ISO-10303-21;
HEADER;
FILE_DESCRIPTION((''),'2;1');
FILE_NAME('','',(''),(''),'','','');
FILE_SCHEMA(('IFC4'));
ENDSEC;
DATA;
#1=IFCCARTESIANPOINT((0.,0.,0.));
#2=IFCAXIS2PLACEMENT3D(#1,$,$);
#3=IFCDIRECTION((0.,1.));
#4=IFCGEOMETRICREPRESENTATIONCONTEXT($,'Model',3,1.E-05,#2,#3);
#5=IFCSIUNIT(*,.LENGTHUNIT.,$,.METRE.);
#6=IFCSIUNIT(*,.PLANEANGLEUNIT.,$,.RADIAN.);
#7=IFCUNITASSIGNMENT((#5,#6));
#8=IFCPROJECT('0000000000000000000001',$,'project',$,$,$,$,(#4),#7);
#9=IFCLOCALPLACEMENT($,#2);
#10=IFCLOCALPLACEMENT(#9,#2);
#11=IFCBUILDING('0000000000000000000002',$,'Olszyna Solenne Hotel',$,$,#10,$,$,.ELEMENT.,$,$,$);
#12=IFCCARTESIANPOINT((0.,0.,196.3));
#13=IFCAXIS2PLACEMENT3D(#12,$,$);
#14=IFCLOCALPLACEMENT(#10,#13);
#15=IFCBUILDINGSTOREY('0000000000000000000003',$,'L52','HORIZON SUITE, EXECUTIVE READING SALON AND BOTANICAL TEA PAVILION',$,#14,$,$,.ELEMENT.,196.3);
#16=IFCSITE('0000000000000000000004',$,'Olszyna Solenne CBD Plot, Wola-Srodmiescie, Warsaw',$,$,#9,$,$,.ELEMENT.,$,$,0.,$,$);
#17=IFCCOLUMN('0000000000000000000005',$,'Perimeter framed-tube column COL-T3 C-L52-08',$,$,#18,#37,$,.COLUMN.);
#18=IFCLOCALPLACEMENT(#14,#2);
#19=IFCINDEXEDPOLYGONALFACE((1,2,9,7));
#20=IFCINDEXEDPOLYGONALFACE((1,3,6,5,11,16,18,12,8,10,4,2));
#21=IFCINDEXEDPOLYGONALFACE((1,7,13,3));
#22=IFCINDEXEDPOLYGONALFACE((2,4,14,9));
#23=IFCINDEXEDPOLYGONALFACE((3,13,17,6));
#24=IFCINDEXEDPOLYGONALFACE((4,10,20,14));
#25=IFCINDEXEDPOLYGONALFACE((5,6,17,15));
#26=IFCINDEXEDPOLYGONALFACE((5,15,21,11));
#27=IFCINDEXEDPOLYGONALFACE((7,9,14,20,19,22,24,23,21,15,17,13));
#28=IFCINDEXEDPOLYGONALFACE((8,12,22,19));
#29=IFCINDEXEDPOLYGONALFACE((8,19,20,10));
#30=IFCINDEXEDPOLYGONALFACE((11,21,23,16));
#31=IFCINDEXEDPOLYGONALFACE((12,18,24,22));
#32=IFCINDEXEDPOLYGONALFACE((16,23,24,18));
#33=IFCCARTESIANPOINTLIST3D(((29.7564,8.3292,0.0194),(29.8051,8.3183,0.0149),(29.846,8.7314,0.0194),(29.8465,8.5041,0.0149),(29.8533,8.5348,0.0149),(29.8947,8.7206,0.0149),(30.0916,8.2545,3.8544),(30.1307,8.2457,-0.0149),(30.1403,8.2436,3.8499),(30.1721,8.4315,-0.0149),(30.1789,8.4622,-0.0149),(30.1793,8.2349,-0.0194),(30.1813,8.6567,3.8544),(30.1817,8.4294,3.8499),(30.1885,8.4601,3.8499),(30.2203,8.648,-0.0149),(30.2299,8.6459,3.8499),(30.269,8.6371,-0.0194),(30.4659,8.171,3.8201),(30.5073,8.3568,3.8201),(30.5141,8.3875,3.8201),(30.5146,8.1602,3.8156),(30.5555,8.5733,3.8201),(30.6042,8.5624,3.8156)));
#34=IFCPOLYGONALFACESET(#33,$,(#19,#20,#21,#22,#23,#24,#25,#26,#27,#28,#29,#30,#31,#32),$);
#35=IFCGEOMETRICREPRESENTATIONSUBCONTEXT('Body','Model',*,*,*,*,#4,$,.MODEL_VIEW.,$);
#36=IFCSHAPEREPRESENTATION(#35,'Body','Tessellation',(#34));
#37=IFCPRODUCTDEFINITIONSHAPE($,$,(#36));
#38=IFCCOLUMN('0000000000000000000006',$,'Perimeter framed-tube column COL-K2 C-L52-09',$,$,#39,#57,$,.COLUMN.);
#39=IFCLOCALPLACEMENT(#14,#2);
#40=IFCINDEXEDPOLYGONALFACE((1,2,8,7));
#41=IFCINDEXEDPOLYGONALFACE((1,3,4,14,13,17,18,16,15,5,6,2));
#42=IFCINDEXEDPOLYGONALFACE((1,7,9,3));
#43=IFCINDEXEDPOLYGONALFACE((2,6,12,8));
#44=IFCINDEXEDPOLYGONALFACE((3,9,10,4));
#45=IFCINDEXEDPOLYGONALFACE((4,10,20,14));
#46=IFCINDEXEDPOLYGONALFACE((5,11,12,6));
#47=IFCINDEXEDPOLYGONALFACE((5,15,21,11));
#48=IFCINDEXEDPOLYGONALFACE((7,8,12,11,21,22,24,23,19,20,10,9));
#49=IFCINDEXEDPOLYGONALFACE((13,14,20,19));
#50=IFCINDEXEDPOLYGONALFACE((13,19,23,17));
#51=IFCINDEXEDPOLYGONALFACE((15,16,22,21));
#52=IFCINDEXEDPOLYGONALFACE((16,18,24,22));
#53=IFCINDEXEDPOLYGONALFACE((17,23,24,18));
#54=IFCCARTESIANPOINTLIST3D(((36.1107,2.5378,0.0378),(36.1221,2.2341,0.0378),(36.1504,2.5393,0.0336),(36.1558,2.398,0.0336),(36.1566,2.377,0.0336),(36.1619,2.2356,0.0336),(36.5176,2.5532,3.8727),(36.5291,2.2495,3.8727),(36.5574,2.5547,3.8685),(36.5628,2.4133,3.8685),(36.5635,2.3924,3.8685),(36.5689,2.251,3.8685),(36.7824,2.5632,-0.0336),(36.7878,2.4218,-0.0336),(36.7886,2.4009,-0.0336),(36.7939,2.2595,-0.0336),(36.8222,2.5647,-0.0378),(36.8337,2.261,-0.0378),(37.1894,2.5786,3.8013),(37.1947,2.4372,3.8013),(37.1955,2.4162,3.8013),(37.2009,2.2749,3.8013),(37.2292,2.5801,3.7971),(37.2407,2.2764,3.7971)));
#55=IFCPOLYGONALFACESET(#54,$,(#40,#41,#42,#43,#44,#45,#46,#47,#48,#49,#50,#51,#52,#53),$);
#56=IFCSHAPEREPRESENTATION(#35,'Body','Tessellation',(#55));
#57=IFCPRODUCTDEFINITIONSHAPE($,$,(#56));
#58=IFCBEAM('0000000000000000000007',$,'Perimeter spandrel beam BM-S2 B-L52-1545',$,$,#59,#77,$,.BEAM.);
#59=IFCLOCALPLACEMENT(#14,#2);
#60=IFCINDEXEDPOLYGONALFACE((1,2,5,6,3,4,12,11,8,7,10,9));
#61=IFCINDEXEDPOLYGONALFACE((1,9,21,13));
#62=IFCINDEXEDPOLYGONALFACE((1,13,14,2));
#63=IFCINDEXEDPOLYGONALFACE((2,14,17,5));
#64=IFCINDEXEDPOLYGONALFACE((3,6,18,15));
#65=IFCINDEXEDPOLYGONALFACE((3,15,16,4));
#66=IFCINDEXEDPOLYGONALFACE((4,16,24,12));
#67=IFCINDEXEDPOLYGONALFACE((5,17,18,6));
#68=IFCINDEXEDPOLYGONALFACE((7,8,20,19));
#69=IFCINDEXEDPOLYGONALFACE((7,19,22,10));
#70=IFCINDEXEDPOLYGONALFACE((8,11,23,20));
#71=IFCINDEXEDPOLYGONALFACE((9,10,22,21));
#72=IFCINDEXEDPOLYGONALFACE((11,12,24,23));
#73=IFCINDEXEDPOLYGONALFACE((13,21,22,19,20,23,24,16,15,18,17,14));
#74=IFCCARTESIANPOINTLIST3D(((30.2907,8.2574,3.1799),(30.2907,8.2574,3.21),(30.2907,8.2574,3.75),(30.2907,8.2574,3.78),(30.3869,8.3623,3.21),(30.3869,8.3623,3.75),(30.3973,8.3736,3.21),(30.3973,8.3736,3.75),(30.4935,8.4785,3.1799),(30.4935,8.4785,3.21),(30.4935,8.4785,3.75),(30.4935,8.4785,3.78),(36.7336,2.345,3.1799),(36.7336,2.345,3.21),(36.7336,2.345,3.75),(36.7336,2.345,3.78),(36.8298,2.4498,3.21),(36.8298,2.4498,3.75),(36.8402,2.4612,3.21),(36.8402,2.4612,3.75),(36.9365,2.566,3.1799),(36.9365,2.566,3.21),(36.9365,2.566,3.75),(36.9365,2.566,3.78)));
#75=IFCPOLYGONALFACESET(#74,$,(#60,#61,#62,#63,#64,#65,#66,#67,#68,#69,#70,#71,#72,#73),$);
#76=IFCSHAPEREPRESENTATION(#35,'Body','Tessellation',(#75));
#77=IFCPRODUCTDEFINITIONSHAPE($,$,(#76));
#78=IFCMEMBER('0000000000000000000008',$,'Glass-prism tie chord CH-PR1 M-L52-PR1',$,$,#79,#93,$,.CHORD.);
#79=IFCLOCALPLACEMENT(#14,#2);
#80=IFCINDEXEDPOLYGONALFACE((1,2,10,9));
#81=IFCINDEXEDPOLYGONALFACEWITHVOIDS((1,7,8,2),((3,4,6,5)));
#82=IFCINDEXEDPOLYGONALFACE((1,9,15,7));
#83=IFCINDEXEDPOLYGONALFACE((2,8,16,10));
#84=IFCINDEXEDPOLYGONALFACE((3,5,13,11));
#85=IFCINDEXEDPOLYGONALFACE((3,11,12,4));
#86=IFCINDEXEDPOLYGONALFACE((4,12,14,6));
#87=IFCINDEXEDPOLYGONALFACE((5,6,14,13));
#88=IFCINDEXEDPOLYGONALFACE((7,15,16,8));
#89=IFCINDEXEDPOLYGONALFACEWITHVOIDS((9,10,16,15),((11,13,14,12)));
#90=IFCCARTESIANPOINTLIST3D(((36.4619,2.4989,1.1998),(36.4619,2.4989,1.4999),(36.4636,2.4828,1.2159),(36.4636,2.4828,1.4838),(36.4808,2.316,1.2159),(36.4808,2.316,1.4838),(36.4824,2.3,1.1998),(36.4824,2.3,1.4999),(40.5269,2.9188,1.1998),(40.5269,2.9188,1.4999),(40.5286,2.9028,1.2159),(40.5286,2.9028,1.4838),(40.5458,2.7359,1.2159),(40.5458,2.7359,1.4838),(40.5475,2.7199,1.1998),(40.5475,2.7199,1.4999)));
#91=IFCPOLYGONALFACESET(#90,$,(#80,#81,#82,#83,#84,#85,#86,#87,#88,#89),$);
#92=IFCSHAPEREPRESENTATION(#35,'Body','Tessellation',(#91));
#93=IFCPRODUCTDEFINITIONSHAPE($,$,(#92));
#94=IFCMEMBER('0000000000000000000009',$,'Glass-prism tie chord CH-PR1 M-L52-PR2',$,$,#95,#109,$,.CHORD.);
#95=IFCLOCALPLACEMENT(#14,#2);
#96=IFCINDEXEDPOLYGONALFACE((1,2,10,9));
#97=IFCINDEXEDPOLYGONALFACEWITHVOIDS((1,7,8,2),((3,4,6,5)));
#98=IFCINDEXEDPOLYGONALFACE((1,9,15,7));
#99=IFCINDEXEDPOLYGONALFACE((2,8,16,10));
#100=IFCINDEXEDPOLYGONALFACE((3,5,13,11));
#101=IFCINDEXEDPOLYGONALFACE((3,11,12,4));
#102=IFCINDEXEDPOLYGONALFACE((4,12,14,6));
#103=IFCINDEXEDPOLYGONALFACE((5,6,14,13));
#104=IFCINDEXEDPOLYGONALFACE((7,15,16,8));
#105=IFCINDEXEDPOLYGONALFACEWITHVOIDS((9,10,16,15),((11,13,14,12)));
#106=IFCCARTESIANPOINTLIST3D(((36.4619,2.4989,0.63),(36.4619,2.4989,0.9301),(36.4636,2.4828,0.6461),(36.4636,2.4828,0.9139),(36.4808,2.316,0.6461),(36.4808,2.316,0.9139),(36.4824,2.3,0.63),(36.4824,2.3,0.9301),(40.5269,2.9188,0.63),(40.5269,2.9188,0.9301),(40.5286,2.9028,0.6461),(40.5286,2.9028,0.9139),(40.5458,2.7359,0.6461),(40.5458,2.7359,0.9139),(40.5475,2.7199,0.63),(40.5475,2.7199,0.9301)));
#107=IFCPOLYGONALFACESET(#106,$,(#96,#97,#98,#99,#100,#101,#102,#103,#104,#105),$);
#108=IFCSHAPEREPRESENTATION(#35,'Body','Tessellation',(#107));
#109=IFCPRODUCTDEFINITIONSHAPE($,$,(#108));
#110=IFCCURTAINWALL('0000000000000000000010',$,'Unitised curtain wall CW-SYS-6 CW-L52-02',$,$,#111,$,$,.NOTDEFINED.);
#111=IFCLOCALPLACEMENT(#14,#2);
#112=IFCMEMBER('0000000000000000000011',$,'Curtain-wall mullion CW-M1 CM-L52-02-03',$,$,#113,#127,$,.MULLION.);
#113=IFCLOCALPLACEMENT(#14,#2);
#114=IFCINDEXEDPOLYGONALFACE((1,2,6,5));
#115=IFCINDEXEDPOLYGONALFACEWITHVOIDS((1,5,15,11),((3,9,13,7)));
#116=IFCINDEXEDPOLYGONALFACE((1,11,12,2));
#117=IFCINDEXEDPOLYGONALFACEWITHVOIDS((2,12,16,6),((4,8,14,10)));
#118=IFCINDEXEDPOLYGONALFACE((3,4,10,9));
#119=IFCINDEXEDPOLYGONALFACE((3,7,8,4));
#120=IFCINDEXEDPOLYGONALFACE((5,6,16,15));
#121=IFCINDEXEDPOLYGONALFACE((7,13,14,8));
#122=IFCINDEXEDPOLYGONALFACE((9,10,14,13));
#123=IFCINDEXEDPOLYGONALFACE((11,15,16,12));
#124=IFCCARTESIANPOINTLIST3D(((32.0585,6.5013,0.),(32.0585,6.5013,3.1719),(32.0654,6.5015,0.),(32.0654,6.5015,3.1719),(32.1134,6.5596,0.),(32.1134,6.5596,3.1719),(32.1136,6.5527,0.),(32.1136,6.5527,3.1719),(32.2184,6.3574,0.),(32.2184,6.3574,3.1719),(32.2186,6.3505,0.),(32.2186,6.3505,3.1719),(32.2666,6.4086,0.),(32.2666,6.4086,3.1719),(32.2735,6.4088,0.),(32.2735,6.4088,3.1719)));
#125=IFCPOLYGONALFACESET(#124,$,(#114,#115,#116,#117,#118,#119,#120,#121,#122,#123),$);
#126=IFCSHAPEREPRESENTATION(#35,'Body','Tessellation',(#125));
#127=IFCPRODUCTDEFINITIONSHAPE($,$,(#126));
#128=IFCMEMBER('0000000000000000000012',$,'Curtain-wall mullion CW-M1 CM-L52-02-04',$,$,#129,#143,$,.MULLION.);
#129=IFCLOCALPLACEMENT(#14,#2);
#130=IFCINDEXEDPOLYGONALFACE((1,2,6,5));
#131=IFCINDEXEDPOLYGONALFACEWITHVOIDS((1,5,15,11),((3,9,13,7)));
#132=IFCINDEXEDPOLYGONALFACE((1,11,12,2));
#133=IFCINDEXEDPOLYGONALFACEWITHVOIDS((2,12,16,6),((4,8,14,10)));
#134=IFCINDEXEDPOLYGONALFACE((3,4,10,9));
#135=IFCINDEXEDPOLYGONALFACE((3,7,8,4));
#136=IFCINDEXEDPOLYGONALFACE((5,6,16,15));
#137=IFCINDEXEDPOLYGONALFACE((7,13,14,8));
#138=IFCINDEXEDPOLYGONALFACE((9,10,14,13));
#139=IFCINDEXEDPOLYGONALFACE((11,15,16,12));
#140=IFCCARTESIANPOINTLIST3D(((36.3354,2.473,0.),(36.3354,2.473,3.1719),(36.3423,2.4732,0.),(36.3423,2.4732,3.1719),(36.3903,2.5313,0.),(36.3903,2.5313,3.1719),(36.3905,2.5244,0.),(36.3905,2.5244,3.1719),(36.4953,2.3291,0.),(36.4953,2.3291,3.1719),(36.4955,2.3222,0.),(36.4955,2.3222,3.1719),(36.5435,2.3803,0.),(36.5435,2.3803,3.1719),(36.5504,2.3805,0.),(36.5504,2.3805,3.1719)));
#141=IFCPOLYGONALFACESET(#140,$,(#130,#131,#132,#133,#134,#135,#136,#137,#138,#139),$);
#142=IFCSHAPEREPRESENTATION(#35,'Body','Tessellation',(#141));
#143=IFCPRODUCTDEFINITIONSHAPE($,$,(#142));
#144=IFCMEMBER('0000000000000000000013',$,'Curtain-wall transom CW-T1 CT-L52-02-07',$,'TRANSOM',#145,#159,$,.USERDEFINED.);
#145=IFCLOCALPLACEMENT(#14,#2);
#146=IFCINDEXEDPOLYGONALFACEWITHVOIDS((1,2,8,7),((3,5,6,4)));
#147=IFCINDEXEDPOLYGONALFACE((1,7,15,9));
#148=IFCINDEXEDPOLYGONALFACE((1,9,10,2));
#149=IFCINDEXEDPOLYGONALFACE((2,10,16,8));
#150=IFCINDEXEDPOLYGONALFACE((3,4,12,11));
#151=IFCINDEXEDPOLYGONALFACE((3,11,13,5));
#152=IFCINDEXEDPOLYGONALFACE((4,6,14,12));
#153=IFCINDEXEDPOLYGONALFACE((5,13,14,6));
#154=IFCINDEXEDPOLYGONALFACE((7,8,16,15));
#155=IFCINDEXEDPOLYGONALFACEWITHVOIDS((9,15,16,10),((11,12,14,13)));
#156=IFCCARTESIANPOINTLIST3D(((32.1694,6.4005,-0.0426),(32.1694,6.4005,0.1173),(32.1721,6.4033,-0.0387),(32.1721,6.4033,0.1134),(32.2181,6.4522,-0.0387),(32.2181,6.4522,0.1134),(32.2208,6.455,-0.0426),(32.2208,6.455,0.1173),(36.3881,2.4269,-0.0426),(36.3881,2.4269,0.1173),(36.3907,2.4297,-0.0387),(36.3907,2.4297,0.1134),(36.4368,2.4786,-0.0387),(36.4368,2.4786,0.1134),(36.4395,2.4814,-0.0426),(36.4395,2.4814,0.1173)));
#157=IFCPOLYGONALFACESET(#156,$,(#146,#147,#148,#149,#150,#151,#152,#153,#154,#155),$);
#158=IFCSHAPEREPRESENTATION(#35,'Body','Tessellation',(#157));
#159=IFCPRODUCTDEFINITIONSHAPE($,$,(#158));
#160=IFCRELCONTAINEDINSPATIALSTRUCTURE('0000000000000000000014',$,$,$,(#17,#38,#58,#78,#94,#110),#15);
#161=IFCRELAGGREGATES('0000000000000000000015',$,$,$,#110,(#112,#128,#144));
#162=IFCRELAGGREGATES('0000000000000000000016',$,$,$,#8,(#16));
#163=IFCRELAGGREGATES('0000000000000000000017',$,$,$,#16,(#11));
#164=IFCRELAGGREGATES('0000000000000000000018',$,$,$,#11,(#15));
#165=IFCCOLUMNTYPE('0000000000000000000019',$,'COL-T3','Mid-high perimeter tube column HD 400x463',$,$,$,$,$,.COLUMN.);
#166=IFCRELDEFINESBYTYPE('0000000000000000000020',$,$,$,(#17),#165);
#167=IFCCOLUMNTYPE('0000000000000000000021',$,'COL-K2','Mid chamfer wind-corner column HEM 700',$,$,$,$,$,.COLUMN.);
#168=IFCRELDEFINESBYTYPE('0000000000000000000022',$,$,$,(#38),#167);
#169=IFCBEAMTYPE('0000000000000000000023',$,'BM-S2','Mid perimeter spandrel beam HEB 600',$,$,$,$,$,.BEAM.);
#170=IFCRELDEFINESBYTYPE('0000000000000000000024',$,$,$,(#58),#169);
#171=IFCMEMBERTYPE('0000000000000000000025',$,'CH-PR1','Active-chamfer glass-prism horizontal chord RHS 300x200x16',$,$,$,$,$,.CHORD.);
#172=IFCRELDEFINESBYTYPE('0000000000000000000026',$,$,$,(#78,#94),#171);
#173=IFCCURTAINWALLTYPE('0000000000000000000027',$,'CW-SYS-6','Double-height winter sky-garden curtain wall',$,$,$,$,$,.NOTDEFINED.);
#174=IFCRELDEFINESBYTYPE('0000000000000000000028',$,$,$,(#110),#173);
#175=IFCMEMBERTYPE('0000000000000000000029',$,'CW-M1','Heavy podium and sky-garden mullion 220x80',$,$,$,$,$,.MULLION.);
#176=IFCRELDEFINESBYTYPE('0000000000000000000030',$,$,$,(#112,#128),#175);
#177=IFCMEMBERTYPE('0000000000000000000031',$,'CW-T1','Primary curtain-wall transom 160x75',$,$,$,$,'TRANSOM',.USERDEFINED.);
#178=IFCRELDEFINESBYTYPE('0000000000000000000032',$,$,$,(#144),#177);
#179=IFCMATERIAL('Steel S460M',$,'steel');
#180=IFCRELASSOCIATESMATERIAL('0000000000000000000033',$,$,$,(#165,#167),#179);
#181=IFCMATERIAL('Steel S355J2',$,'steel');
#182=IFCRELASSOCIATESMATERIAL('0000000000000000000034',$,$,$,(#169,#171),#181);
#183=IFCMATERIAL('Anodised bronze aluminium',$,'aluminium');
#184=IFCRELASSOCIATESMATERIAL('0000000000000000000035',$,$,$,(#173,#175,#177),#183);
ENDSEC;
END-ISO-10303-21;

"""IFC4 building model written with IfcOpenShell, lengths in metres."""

from ifc_helpers import new_model, si_unit, direction, frame, origin, origin_2d, place, context, subcontext, project, spatial, hollow_rectangle, i_section, extrude, source, transform, mapped, material, material_profile, profile_set, type_object, element, aggregate, save


model = new_model("IFC4")

# Units and contexts
model_context = context("Model", 3, precision=1e-05, world=origin(), true_north=direction((0.0, 1.0)))
body_context = subcontext(model_context, "Body", "Model", "MODEL_VIEW")
ifc_project = project(units=[si_unit("LENGTHUNIT", "METRE"), si_unit("PLANEANGLEUNIT", "RADIAN")], contexts=[model_context])

# Site, building, storey
site_placement = place(None, origin())
site = spatial("IfcSite", under=ifc_project, at=site_placement, Name="Olszyna Solenne CBD Plot, Wola-Srodmiescie, Warsaw", CompositionType="ELEMENT", RefElevation=0.0)
building_placement = place(site_placement, origin())
building = spatial("IfcBuilding", under=site, at=building_placement, Name="Olszyna Solenne Hotel", CompositionType="ELEMENT")
storey_placement = place(building_placement, frame((0.0, 0.0, 196.3)))
storey = spatial("IfcBuildingStorey", under=building, at=storey_placement, Name="L52", Description="HORIZON SUITE, EXECUTIVE READING SALON AND BOTANICAL TEA PAVILION", CompositionType="ELEMENT", Elevation=196.3)

# Columns
ifc_material_1 = material(Name="Steel S460M", Category="steel")
ifc_material_profile_1 = material_profile(ifc_material_1, i_section(OverallWidth=0.4121, OverallDepth=0.4351, WebThickness=0.0315, FlangeThickness=0.05, at=origin_2d()), Name="HD 400x463", Category="load-bearing")
ifc_profile_set_1 = profile_set([ifc_material_profile_1], Name="Steel S460M")
column_type_1 = type_object("IfcColumnType", Name="COL-T3", Description="Mid-high perimeter tube column HD 400x463", PredefinedType="COLUMN", material=ifc_profile_set_1)
shared_shape_1 = source(origin(), body_context, "Body", "SweptSolid", [
    extrude(i_section(OverallWidth=0.4121, OverallDepth=0.4351, WebThickness=0.0315, FlangeThickness=0.05, at=origin_2d()), origin(), (0.0, 0.0, 1.0), 3.8503),
])
column_1_placement = place(storey_placement, frame((30.0127, 8.4832, 0.0), z_axis=(0.087059, -0.019403, 0.996014), x_axis=(0.217533, 0.976053, 0.0)))
element("IfcColumn", 1, at=column_1_placement, inside=storey, type_object=column_type_1, Name="Perimeter framed-tube column COL-T3 C-L52-08", PredefinedType="COLUMN", context=body_context, shape_type="MappedRepresentation", body=[
    mapped(shared_shape_1, transform((0.0, 0.0, 0.0), x_axis=(1.0, 0.0, 0.0), y_axis=(0.0, 1.0, 0.0), z_axis=(0.0, 0.0, 1.0), scale=1.0)),
])
ifc_material_profile_2 = material_profile(ifc_material_1, i_section(OverallWidth=0.304, OverallDepth=0.7161, WebThickness=0.021, FlangeThickness=0.04, at=origin_2d()), Name="HEM 700", Category="load-bearing")
ifc_profile_set_2 = profile_set([ifc_material_profile_2], Name="Steel S460M")
column_type_2 = type_object("IfcColumnType", Name="COL-K2", Description="Mid chamfer wind-corner column HEM 700", PredefinedType="COLUMN", material=ifc_profile_set_2)
shared_shape_2 = source(origin(), body_context, "Body", "SweptSolid", [
    extrude(i_section(OverallWidth=0.304, OverallDepth=0.7161, WebThickness=0.021, FlangeThickness=0.04, at=origin_2d()), origin(), (0.0, 0.0, 1.0), 3.8564),
])
column_2_placement = place(storey_placement, frame((36.4722, 2.3994, 0.0), z_axis=(0.105531, 0.003988, 0.994408), x_axis=(-0.037765, 0.999287, 0.0)))
element("IfcColumn", 2, at=column_2_placement, inside=storey, type_object=column_type_2, Name="Perimeter framed-tube column COL-K2 C-L52-09", PredefinedType="COLUMN", context=body_context, shape_type="MappedRepresentation", body=[
    mapped(shared_shape_2, transform((0.0, 0.0, 0.0), x_axis=(1.0, 0.0, 0.0), y_axis=(0.0, 1.0, 0.0), z_axis=(0.0, 0.0, 1.0), scale=1.0)),
])

# Beam
ifc_material_2 = material(Name="Steel S355J2", Category="steel")
ifc_material_profile_3 = material_profile(ifc_material_2, i_section(OverallWidth=0.3, OverallDepth=0.6001, WebThickness=0.0154, FlangeThickness=0.03, at=origin_2d()), Name="HEB 600", Category="load-bearing")
ifc_profile_set_3 = profile_set([ifc_material_profile_3], Name="Steel S355J2")
beam_type = type_object("IfcBeamType", Name="BM-S2", Description="Mid perimeter spandrel beam HEB 600", PredefinedType="BEAM", material=ifc_profile_set_3)
shared_shape_3 = source(origin(), body_context, "Body", "SweptSolid", [
    extrude(i_section(OverallWidth=0.3, OverallDepth=0.6001, WebThickness=0.0154, FlangeThickness=0.03, at=origin_2d()), origin(), (0.0, 0.0, 1.0), 8.7446),
])
beam_placement = place(storey_placement, frame((30.3921, 8.3679, 3.48), z_axis=(0.73679, -0.676122, 0.0), x_axis=(0.676122, 0.73679, 0.0)))
element("IfcBeam", 3, at=beam_placement, inside=storey, type_object=beam_type, Name="Perimeter spandrel beam BM-S2 B-L52-1545", PredefinedType="BEAM", context=body_context, shape_type="MappedRepresentation", body=[
    mapped(shared_shape_3, transform((0.0, 0.0, 0.0), x_axis=(1.0, 0.0, 0.0), y_axis=(0.0, 1.0, 0.0), z_axis=(0.0, 0.0, 1.0), scale=1.0)),
])

# Members
ifc_material_profile_4 = material_profile(ifc_material_2, hollow_rectangle(XDim=0.2, YDim=0.3, WallThickness=0.0161, at=origin_2d()), Name="RHS 300x200x16", Category="load-bearing")
ifc_profile_set_4 = profile_set([ifc_material_profile_4], Name="Steel S355J2")
member_type_1 = type_object("IfcMemberType", Name="CH-PR1", Description="Active-chamfer glass-prism horizontal chord RHS 300x200x16", PredefinedType="CHORD", material=ifc_profile_set_4)
shared_shape_4 = source(origin(), body_context, "Body", "SweptSolid", [
    extrude(hollow_rectangle(XDim=0.2, YDim=0.3, WallThickness=0.0161, at=origin_2d()), origin(), (0.0, 0.0, 1.0), 4.0867),
])
for number, where, z_axis, x_axis, name in (
    (4, (36.4722, 2.3994, 1.3499), (0.994707, 0.102756, 0.0), (-0.102756, 0.994707, 0.0), "Glass-prism tie chord CH-PR1 M-L52-PR1"),
    (5, (36.4722, 2.3994, 0.78), (0.994707, 0.102756, 0.0), (-0.102756, 0.994707, 0.0), "Glass-prism tie chord CH-PR1 M-L52-PR2"),
):
    element("IfcMember", number, at=place(storey_placement, frame(where, z_axis=z_axis, x_axis=x_axis)), inside=storey, type_object=member_type_1, Name=name, PredefinedType="CHORD", context=body_context, shape_type="MappedRepresentation", body=[
        mapped(shared_shape_4, transform((0.0, 0.0, 0.0), x_axis=(1.0, 0.0, 0.0), y_axis=(0.0, 1.0, 0.0), z_axis=(0.0, 0.0, 1.0), scale=1.0)),
    ])

# Curtain wall, members
ifc_material_3 = material(Name="Anodised bronze aluminium", Category="aluminium")
curtain_wall_type = type_object("IfcCurtainWallType", Name="CW-SYS-6", Description="Double-height winter sky-garden curtain wall", PredefinedType="NOTDEFINED", material=ifc_material_3)
curtain_wall_placement = place(storey_placement, origin())
curtain_wall = element("IfcCurtainWall", 6, at=curtain_wall_placement, inside=storey, type_object=curtain_wall_type, Name="Unitised curtain wall CW-SYS-6 CW-L52-02", PredefinedType="NOTDEFINED")
ifc_material_profile_5 = material_profile(ifc_material_3, hollow_rectangle(XDim=0.0801, YDim=0.22, WallThickness=0.0049, at=origin_2d()), Name="MULL 220x80x5", Category="load-bearing")
ifc_profile_set_5 = profile_set([ifc_material_profile_5], Name="Anodised bronze aluminium")
member_type_2 = type_object("IfcMemberType", Name="CW-M1", Description="Heavy podium and sky-garden mullion 220x80", PredefinedType="MULLION", material=ifc_profile_set_5)
shared_shape_5 = source(origin(), body_context, "Body", "SweptSolid", [
    extrude(hollow_rectangle(XDim=0.0801, YDim=0.22, WallThickness=0.0049, at=origin_2d()), origin(), (0.0, 0.0, 1.0), 3.1719),
])
member_1_placement = place(storey_placement, frame((32.166, 6.4551, 0.0), z_axis=(0.0, 0.0, 1.0), x_axis=(0.685634, 0.727946, 0.0)))
member_1 = element("IfcMember", 7, at=member_1_placement, type_object=member_type_2, Name="Curtain-wall mullion CW-M1 CM-L52-02-03", PredefinedType="MULLION", context=body_context, shape_type="MappedRepresentation", body=[
    mapped(shared_shape_5, transform((0.0, 0.0, 0.0), x_axis=(1.0, 0.0, 0.0), y_axis=(0.0, 1.0, 0.0), z_axis=(0.0, 0.0, 1.0), scale=1.0)),
])
member_2_placement = place(storey_placement, frame((36.4429, 2.4268, 0.0), z_axis=(0.0, 0.0, 1.0), x_axis=(0.685634, 0.727946, 0.0)))
member_2 = element("IfcMember", 8, at=member_2_placement, type_object=member_type_2, Name="Curtain-wall mullion CW-M1 CM-L52-02-04", PredefinedType="MULLION", context=body_context, shape_type="MappedRepresentation", body=[
    mapped(shared_shape_5, transform((0.0, 0.0, 0.0), x_axis=(1.0, 0.0, 0.0), y_axis=(0.0, 1.0, 0.0), z_axis=(0.0, 0.0, 1.0), scale=1.0)),
])
ifc_material_profile_6 = material_profile(ifc_material_3, hollow_rectangle(XDim=0.075, YDim=0.1599, WallThickness=0.0039, at=origin_2d()), Name="TRAN 160x75x4", Category="load-bearing")
ifc_profile_set_6 = profile_set([ifc_material_profile_6], Name="Anodised bronze aluminium")
member_type_3 = type_object("IfcMemberType", Name="CW-T1", Description="Primary curtain-wall transom 160x75", ElementType="TRANSOM", PredefinedType="USERDEFINED", material=ifc_profile_set_6)
shared_shape_6 = source(origin(), body_context, "Body", "SweptSolid", [
    extrude(hollow_rectangle(XDim=0.075, YDim=0.1599, WallThickness=0.0039, at=origin_2d()), origin(), (0.0, 0.0, 1.0), 5.7954),
])
member_3_placement = place(storey_placement, frame((32.1951, 6.4277, 0.0374), z_axis=(0.727938, -0.685643, 0.0), x_axis=(0.685643, 0.727938, 0.0)))
member_3 = element("IfcMember", 9, at=member_3_placement, type_object=member_type_3, Name="Curtain-wall transom CW-T1 CT-L52-02-07", ObjectType="TRANSOM", PredefinedType="USERDEFINED", context=body_context, shape_type="MappedRepresentation", body=[
    mapped(shared_shape_6, transform((0.0, 0.0, 0.0), x_axis=(1.0, 0.0, 0.0), y_axis=(0.0, 1.0, 0.0), z_axis=(0.0, 0.0, 1.0), scale=1.0)),
])

aggregate(curtain_wall, [member_1, member_2, member_3])

save(model, "model.ifc")
